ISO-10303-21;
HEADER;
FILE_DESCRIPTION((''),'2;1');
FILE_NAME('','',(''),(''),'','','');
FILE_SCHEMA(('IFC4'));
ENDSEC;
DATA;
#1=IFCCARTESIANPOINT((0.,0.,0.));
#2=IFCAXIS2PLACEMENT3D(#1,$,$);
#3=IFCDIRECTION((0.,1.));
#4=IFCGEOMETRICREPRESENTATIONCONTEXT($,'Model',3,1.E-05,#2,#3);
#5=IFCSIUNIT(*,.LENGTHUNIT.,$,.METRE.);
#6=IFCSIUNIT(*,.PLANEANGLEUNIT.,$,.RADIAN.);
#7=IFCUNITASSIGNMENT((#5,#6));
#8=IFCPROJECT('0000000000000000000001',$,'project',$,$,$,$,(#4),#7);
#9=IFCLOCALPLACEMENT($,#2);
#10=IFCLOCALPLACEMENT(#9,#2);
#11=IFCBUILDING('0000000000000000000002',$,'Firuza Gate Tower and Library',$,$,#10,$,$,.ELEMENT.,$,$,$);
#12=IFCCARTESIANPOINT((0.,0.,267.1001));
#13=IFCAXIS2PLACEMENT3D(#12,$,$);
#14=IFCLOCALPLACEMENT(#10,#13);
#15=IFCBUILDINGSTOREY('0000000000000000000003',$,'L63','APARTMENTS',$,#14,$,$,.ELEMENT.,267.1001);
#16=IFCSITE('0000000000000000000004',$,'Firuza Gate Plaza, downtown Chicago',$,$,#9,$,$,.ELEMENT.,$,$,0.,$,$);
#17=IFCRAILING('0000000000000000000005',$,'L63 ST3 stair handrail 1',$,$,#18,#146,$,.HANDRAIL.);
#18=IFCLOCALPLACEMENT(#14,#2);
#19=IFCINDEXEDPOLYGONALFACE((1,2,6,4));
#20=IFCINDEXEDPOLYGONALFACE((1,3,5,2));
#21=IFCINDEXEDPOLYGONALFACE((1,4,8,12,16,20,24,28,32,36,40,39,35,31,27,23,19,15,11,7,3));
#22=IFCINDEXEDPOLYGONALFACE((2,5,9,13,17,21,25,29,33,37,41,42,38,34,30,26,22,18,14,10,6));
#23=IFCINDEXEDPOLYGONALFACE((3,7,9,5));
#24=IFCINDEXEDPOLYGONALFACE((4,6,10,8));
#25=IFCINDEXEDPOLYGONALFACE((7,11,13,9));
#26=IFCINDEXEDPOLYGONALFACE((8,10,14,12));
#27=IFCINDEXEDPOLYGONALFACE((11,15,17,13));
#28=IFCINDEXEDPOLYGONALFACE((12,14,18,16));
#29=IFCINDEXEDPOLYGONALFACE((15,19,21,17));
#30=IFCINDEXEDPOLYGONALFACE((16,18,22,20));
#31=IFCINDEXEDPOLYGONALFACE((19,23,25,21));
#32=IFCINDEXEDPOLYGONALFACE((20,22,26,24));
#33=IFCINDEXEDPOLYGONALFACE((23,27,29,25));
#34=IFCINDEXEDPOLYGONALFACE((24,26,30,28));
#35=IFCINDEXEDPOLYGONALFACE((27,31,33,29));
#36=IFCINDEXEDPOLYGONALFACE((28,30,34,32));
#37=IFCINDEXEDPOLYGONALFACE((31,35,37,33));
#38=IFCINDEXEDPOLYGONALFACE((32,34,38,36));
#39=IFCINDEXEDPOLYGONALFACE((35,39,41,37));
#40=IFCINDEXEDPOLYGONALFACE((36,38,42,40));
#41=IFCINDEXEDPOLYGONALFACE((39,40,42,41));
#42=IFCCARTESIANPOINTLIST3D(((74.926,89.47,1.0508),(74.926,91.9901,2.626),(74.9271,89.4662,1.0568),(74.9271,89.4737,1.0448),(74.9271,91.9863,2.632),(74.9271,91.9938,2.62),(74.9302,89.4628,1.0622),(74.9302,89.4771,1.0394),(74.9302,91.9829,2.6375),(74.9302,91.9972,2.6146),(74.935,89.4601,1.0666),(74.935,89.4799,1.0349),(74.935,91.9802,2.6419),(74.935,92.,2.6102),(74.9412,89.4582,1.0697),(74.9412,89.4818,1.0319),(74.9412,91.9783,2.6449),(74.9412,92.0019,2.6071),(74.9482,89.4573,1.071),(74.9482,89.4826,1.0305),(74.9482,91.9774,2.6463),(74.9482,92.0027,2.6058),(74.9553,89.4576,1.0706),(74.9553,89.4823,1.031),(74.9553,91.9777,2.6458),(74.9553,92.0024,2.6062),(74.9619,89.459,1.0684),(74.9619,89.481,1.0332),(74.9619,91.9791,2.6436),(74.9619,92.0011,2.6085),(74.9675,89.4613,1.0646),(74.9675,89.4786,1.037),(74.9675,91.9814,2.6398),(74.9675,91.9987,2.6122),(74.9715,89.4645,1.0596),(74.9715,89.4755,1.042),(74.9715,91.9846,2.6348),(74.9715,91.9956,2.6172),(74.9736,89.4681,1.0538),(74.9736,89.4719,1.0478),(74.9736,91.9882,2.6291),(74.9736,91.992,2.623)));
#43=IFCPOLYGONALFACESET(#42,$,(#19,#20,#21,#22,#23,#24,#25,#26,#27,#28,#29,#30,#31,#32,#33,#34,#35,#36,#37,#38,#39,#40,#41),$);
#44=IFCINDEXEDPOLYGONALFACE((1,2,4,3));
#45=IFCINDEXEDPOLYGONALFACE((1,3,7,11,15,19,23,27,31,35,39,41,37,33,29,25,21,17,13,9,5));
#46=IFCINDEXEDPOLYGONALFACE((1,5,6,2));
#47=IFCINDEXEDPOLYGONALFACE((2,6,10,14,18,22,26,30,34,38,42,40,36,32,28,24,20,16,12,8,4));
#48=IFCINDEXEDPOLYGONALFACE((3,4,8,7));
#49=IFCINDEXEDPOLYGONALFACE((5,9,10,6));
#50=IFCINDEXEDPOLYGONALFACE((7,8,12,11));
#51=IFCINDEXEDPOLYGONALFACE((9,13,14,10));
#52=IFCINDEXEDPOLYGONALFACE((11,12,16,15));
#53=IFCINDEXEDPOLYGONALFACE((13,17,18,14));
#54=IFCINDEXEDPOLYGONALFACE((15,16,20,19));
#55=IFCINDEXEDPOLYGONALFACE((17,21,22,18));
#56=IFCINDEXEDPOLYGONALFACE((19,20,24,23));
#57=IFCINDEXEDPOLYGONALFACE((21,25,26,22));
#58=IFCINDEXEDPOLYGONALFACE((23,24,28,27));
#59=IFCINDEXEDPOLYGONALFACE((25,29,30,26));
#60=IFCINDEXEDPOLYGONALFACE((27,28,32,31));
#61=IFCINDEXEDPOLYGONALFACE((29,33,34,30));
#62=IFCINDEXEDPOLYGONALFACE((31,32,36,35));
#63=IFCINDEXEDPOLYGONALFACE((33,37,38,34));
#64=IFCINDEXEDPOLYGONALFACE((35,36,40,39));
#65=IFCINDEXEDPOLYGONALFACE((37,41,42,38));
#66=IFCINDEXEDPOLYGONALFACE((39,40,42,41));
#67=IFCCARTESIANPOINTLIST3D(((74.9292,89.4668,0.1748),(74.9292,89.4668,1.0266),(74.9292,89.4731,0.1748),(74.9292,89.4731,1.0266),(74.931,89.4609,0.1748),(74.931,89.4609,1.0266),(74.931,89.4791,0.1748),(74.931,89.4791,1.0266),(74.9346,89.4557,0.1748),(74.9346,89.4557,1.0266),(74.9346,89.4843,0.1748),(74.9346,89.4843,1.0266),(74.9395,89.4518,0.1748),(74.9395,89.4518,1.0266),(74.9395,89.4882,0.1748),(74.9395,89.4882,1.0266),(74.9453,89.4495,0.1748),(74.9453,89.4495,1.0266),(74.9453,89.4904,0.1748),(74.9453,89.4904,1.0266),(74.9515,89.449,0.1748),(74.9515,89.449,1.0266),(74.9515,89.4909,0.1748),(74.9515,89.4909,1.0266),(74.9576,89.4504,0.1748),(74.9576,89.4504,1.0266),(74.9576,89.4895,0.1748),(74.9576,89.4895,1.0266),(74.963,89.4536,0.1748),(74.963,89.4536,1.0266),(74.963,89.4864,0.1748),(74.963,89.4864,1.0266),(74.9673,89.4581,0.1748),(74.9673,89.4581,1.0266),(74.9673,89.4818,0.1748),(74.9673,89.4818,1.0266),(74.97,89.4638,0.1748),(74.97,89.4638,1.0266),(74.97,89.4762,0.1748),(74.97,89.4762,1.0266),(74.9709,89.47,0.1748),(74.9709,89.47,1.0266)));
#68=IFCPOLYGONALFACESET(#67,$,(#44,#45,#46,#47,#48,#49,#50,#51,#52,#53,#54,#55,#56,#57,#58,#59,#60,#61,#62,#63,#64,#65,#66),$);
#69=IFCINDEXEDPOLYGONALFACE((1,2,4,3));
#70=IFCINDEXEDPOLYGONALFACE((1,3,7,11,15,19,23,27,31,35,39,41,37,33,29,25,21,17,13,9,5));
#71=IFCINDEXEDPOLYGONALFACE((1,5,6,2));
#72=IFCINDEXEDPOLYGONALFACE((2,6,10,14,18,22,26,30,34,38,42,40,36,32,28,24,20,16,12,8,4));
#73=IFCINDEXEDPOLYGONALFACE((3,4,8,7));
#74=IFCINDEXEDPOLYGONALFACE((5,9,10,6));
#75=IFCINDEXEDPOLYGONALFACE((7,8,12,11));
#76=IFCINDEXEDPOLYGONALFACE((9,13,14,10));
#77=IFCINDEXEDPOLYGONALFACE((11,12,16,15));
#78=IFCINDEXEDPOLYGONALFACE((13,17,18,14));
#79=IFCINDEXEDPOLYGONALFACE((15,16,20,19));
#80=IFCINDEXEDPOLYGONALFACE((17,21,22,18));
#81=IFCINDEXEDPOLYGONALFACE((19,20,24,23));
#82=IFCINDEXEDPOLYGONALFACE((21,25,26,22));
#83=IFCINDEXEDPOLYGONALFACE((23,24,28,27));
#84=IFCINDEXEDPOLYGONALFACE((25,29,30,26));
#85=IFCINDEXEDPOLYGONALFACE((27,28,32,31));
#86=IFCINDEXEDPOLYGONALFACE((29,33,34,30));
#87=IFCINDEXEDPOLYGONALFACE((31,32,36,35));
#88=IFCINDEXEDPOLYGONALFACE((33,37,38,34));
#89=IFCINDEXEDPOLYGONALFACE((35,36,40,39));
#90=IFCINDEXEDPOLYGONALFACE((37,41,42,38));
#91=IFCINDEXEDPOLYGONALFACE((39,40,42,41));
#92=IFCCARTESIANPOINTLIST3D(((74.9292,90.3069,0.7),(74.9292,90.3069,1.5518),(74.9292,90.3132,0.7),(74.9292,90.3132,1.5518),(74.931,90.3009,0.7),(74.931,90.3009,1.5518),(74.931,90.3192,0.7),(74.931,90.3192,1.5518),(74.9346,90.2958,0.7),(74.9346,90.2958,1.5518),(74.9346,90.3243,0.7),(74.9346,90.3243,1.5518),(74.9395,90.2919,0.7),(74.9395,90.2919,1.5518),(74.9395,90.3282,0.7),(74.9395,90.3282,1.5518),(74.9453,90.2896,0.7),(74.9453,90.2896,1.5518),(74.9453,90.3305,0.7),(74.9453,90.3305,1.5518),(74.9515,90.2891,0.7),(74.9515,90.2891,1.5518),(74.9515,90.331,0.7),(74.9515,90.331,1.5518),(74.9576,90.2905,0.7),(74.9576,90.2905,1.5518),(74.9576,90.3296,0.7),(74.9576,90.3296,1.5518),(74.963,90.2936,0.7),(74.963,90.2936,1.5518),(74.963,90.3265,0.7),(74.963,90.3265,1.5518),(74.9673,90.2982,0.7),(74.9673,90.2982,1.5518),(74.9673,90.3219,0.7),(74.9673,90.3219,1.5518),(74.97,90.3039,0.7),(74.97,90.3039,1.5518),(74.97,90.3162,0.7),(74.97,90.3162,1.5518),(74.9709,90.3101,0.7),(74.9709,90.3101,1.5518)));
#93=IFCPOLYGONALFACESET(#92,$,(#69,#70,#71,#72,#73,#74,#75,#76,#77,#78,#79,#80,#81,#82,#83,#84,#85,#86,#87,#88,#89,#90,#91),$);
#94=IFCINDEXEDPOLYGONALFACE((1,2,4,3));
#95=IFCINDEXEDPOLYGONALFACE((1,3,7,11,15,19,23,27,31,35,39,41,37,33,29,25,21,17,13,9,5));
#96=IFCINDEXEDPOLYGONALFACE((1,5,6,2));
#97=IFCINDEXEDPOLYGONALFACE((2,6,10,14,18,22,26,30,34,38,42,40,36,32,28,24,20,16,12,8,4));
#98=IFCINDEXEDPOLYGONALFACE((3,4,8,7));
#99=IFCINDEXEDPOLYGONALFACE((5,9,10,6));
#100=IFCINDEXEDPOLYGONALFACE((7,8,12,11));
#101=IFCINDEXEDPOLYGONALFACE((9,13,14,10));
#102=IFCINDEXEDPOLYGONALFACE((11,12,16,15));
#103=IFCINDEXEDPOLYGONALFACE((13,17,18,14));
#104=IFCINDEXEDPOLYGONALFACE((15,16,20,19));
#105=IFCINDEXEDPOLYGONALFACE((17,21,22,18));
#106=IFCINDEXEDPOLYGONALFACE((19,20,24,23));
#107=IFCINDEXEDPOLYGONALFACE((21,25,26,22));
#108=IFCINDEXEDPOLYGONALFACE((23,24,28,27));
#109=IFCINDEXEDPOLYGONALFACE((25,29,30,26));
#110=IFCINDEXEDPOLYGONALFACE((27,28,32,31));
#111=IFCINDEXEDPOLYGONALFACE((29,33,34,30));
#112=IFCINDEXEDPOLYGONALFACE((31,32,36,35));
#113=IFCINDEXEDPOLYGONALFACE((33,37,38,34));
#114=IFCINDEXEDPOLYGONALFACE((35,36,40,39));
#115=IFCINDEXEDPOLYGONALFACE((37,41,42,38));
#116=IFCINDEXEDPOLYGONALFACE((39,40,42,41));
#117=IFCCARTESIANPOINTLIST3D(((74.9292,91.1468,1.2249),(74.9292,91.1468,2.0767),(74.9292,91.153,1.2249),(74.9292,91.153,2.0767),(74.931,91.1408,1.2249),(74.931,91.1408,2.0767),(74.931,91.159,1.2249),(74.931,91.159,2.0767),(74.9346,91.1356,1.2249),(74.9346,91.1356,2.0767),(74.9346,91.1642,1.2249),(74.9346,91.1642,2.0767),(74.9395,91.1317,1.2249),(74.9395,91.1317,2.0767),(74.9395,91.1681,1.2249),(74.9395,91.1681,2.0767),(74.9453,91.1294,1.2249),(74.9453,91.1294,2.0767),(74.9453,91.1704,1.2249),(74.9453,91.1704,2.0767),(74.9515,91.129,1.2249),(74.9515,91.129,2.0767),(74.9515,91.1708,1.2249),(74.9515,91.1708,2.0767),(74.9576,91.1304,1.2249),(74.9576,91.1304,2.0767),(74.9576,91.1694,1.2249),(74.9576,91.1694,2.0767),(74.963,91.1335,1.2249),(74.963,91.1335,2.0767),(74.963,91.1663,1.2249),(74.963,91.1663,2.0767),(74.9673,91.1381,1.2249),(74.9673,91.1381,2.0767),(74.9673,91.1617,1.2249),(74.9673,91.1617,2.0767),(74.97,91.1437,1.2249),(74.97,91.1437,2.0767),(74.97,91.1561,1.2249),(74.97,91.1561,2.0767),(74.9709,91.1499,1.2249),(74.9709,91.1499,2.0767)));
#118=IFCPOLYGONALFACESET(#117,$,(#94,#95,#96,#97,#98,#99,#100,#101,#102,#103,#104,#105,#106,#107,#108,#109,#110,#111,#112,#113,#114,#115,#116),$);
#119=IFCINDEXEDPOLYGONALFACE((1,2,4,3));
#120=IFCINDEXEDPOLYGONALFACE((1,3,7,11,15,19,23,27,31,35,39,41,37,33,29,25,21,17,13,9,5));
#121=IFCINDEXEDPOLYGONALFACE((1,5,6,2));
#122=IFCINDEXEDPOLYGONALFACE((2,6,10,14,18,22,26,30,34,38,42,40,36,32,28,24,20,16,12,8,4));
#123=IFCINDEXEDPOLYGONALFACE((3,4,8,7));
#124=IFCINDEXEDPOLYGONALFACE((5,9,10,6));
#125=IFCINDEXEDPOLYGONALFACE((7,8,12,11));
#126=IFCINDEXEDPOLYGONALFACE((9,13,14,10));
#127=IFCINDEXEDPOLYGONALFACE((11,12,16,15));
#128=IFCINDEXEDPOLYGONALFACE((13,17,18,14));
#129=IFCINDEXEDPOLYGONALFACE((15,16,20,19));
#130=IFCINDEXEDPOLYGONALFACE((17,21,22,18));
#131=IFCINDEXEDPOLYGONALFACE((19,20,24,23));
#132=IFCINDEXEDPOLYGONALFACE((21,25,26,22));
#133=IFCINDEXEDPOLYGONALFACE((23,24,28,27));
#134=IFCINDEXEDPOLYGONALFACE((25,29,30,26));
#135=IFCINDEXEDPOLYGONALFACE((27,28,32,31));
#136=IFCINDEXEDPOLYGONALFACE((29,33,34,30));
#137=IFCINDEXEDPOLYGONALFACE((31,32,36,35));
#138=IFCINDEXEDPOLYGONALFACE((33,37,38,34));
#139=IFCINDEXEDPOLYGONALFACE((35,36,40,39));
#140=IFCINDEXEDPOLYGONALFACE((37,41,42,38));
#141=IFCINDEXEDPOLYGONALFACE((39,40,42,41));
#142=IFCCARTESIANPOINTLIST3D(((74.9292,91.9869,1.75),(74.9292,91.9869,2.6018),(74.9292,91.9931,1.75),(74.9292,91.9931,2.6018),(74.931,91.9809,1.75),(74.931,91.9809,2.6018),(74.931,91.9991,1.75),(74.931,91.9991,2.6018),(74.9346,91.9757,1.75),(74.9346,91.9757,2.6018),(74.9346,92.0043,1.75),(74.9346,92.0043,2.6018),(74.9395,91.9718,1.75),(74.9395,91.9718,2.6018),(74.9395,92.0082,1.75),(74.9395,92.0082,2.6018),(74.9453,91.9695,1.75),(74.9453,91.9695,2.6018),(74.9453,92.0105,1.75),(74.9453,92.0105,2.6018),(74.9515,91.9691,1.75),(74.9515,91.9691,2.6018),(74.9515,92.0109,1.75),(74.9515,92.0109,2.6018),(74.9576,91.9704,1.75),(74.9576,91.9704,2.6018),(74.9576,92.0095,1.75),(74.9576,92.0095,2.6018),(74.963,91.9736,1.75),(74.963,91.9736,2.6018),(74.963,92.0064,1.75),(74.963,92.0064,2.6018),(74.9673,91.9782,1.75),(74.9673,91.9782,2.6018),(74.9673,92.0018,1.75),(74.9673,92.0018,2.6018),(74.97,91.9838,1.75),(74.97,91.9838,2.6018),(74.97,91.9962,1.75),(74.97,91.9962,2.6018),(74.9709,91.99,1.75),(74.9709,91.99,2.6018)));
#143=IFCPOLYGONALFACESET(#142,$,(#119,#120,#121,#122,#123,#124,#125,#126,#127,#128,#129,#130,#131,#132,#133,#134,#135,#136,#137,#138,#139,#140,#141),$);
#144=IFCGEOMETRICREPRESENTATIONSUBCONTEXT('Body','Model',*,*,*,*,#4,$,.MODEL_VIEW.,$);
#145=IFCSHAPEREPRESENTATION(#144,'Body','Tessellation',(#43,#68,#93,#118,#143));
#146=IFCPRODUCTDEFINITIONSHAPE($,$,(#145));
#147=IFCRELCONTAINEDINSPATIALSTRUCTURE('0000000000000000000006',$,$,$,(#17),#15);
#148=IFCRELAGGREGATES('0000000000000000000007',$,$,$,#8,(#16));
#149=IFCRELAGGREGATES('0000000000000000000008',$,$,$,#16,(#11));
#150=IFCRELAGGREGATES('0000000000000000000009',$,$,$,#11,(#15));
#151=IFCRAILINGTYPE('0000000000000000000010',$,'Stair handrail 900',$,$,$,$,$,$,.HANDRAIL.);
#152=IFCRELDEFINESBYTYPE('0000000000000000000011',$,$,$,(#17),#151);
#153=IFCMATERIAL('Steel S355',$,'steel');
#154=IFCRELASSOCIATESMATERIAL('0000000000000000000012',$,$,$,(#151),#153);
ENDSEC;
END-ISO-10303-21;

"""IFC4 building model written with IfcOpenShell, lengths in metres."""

from ifc_helpers import new_model, si_unit, direction, frame, origin, origin_2d, place, context, subcontext, project, spatial, circle, extrude, material, type_object, element, save


model = new_model("IFC4")

# Units and contexts
model_context = context("Model", 3, precision=1e-05, world=origin(), true_north=direction((0.0, 1.0)))
body_context = subcontext(model_context, "Body", "Model", "MODEL_VIEW")
ifc_project = project(units=[si_unit("LENGTHUNIT", "METRE"), si_unit("PLANEANGLEUNIT", "RADIAN")], contexts=[model_context])

# Site, building, storey
site_placement = place(None, origin())
site = spatial("IfcSite", under=ifc_project, at=site_placement, Name="Firuza Gate Plaza, downtown Chicago", CompositionType="ELEMENT", RefElevation=0.0)
building_placement = place(site_placement, origin())
building = spatial("IfcBuilding", under=site, at=building_placement, Name="Firuza Gate Tower and Library", CompositionType="ELEMENT")
storey_placement = place(building_placement, frame((0.0, 0.0, 267.1001)))
storey = spatial("IfcBuildingStorey", under=building, at=storey_placement, Name="L63", Description="APARTMENTS", CompositionType="ELEMENT", Elevation=267.1001)

# Railing
ifc_material_1 = material(Name="Steel S355", Category="steel")
railing_type_1 = type_object("IfcRailingType", Name="Stair handrail 900", PredefinedType="HANDRAIL", material=ifc_material_1)
railing_1_placement = place(storey_placement, frame((74.95, 89.47, 0.1748)))
element("IfcRailing", 1, at=railing_1_placement, inside=storey, type_object=railing_type_1, Name="L63 ST3 stair handrail 1", PredefinedType="HANDRAIL", context=body_context, shape_type="SweptSolid", body=[
    extrude(circle(Radius=0.0239, at=origin_2d()), frame((0.0, 0.0, 0.876), z_axis=(0.0, 0.847971, 0.530043), x_axis=(-1.0, 0.0, 0.0)), (0.0, 0.0, 1.0), 2.9719),
    extrude(circle(Radius=0.021, at=origin_2d()), origin(), (0.0, 0.0, 1.0), 0.8518),
    extrude(circle(Radius=0.021, at=origin_2d()), frame((0.0, 0.8401, 0.5251)), (0.0, 0.0, 1.0), 0.8518),
    extrude(circle(Radius=0.021, at=origin_2d()), frame((0.0, 1.6799, 1.05)), (0.0, 0.0, 1.0), 0.8518),
    extrude(circle(Radius=0.021, at=origin_2d()), frame((0.0, 2.52, 1.5752)), (0.0, 0.0, 1.0), 0.8518),
])

save(model, "model.ifc")
